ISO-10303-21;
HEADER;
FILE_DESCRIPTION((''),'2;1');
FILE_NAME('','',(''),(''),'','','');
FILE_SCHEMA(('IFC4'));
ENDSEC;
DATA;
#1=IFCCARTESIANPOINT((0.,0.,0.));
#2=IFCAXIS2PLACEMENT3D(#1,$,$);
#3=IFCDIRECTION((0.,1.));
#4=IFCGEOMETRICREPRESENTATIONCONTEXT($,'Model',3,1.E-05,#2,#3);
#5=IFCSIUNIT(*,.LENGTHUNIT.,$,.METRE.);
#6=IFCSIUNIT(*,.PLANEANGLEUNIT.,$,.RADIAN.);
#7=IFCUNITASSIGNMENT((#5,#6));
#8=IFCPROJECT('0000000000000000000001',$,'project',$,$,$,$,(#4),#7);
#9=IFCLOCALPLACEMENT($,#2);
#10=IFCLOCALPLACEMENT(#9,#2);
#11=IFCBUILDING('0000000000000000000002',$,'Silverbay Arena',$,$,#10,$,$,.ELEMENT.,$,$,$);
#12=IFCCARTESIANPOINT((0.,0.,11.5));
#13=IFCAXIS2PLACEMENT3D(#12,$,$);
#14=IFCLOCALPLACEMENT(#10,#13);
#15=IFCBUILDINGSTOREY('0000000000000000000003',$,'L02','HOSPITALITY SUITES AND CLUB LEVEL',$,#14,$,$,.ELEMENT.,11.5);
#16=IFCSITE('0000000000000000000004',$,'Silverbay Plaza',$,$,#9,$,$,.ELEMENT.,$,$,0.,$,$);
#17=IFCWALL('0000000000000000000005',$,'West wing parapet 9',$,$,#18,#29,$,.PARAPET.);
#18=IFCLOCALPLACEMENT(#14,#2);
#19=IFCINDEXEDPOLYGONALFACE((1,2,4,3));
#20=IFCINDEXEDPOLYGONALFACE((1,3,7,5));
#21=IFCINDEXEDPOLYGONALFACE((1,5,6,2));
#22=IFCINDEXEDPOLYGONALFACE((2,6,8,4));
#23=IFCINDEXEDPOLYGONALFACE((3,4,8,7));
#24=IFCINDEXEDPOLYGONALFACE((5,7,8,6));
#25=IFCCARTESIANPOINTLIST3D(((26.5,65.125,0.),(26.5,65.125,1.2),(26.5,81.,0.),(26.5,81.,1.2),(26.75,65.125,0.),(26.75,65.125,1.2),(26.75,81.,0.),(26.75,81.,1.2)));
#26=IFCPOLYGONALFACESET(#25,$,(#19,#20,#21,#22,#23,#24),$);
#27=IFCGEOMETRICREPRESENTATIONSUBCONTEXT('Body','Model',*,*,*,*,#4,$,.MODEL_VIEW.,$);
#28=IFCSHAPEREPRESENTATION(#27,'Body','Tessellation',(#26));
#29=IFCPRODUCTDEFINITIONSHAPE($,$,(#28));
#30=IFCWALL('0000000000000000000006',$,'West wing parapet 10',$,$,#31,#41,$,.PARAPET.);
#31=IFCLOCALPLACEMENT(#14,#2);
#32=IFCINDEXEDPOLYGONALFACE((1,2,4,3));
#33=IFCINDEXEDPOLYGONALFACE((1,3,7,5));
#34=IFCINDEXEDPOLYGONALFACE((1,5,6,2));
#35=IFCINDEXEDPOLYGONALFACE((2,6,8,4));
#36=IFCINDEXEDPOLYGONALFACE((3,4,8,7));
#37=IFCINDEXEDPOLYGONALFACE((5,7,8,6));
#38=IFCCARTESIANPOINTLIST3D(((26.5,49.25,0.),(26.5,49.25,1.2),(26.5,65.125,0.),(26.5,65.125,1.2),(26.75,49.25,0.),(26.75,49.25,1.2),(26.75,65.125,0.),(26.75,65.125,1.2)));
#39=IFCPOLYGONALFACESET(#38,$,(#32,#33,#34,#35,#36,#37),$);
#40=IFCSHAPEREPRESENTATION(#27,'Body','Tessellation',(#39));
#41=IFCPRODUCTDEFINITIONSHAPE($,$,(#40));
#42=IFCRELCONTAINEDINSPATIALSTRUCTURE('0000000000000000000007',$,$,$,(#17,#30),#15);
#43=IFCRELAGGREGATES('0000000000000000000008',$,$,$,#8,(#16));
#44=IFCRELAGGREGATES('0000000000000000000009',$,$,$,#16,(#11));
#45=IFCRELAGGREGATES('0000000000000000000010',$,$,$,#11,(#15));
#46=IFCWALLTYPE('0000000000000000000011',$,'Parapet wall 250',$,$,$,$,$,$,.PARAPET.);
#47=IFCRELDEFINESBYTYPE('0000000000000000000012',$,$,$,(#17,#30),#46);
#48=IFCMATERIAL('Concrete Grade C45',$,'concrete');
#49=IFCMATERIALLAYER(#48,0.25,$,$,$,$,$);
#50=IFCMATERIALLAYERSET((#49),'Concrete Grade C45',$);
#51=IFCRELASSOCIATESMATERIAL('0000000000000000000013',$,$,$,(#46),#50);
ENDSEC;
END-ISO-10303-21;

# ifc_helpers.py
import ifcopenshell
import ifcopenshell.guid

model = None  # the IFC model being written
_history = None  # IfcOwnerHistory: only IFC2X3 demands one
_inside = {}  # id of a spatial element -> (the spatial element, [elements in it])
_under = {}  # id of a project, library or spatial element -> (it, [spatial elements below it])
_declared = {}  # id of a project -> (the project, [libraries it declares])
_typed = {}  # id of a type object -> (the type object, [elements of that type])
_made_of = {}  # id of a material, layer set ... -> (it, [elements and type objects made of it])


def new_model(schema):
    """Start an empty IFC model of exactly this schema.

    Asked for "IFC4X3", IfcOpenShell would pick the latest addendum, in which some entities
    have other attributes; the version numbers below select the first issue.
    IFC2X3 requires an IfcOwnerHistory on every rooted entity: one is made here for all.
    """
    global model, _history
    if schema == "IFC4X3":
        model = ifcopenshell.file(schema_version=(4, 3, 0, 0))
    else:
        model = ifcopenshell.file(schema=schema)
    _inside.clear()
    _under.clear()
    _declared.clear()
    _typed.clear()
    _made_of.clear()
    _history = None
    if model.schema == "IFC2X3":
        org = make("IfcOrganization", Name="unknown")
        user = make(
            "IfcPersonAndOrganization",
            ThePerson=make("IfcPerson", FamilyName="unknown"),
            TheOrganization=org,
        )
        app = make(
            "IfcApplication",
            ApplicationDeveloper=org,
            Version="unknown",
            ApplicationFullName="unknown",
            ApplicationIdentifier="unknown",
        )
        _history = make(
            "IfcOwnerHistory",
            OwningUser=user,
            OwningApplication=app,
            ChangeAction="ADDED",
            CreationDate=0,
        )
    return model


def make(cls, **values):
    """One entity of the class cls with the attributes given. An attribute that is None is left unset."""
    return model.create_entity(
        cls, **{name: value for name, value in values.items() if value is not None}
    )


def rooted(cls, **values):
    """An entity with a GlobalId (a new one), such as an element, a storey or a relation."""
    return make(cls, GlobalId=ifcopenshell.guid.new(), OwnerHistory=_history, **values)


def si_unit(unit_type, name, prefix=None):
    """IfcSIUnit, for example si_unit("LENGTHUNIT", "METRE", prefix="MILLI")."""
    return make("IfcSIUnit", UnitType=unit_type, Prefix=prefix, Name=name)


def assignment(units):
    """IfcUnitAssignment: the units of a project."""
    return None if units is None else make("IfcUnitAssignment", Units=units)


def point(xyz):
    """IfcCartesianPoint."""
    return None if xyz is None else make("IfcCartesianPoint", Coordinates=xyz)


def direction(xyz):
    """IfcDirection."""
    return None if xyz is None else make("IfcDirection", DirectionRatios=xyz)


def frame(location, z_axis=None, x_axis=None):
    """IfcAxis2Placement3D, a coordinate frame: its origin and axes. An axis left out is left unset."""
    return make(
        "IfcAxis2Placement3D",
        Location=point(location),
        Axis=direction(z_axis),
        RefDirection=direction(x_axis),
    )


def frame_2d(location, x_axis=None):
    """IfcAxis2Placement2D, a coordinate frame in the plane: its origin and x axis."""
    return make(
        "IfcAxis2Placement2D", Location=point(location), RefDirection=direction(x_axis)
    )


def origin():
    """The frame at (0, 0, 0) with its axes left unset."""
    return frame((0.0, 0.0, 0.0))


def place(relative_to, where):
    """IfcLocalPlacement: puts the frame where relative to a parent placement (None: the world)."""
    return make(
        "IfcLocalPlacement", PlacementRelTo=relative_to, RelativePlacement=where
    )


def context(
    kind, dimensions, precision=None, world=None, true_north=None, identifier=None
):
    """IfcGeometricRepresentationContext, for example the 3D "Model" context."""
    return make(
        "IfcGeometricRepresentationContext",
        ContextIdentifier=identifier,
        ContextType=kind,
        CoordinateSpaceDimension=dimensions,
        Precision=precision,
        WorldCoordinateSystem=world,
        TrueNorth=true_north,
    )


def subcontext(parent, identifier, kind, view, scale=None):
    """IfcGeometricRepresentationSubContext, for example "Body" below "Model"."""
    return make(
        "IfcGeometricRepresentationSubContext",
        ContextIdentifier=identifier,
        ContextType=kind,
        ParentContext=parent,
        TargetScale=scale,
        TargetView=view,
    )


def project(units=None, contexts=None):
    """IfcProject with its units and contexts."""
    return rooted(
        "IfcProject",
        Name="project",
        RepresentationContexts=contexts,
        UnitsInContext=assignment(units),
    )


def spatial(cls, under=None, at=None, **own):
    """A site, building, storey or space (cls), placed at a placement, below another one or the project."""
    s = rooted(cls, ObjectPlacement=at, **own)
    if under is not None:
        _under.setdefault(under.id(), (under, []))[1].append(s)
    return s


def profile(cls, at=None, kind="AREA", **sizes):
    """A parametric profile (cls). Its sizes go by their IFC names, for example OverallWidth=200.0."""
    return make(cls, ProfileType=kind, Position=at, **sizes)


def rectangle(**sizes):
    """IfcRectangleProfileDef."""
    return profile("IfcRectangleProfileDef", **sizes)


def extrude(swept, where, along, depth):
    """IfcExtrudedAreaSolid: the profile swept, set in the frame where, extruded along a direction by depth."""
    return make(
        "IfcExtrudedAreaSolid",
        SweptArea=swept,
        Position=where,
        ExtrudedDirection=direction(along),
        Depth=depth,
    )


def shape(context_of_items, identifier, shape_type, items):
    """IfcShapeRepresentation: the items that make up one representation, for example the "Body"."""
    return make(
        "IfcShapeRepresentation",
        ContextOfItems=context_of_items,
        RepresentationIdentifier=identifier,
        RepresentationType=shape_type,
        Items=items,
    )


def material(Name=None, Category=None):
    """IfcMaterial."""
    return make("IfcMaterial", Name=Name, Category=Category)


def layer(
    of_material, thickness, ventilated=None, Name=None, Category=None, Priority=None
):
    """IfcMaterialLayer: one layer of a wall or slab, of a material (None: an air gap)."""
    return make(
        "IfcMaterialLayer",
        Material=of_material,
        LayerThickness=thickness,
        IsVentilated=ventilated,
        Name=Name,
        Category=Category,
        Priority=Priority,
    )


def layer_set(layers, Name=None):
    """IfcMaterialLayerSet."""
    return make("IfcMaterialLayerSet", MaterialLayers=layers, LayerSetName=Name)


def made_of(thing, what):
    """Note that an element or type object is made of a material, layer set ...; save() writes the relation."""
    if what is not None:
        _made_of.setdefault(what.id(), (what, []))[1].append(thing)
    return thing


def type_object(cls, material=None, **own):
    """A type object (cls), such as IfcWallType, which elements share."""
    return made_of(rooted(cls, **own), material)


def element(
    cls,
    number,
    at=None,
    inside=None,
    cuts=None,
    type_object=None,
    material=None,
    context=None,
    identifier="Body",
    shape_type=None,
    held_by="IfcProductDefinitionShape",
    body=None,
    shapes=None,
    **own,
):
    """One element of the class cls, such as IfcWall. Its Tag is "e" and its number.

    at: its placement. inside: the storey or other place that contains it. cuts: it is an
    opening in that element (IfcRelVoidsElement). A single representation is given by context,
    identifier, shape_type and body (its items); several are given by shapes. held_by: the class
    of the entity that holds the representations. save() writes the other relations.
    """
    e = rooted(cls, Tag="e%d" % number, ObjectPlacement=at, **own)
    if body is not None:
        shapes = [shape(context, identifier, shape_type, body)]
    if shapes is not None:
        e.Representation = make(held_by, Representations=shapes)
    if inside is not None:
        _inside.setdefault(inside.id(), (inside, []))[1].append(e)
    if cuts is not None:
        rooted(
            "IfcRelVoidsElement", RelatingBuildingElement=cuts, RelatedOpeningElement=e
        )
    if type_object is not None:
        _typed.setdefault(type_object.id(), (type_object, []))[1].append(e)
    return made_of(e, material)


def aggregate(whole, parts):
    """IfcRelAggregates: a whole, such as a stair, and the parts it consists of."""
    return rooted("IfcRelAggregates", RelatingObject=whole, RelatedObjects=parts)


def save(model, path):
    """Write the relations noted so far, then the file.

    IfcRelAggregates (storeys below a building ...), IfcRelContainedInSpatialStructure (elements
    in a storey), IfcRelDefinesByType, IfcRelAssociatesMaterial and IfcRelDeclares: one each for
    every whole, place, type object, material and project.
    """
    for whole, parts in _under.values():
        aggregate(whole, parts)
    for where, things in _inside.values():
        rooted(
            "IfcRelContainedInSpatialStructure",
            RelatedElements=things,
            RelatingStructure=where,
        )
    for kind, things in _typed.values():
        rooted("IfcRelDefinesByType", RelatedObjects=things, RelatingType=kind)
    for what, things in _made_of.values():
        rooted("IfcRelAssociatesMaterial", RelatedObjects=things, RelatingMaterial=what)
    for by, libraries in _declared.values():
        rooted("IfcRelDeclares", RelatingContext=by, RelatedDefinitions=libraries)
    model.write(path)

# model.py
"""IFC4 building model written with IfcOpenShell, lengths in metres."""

from ifc_helpers import new_model, si_unit, direction, frame, frame_2d, origin, place, context, subcontext, project, spatial, rectangle, extrude, material, layer, layer_set, type_object, element, save


model = new_model("IFC4")

# Units and contexts
model_context = context("Model", 3, precision=1e-05, world=origin(), true_north=direction((0.0, 1.0)))
body_context = subcontext(model_context, "Body", "Model", "MODEL_VIEW")
ifc_project = project(units=[si_unit("LENGTHUNIT", "METRE"), si_unit("PLANEANGLEUNIT", "RADIAN")], contexts=[model_context])

# Site, building, storey
site_placement = place(None, origin())
site = spatial("IfcSite", under=ifc_project, at=site_placement, Name="Silverbay Plaza", CompositionType="ELEMENT", RefElevation=0.0)
building_placement = place(site_placement, origin())
building = spatial("IfcBuilding", under=site, at=building_placement, Name="Silverbay Arena", CompositionType="ELEMENT")
storey_placement = place(building_placement, frame((0.0, 0.0, 11.5)))
storey = spatial("IfcBuildingStorey", under=building, at=storey_placement, Name="L02", Description="HOSPITALITY SUITES AND CLUB LEVEL", CompositionType="ELEMENT", Elevation=11.5)

# Walls
ifc_material_1 = material(Name="Concrete Grade C45", Category="concrete")
ifc_layer_1 = layer(ifc_material_1, 0.25)
ifc_layer_set_1 = layer_set([ifc_layer_1], Name="Concrete Grade C45")
wall_type = type_object("IfcWallType", Name="Parapet wall 250", PredefinedType="PARAPET", material=ifc_layer_set_1)
for number, where, z_axis, x_axis, name in (
    (1, (26.625, 81.0, 0.0), (0.0, 0.0, 1.0), (0.0, -1.0, 0.0), "West wing parapet 9"),
    (2, (26.625, 65.125, 0.0), (0.0, 0.0, 1.0), (0.0, -1.0, 0.0), "West wing parapet 10"),
):
    element("IfcWall", number, at=place(storey_placement, frame(where, z_axis=z_axis, x_axis=x_axis)), inside=storey, type_object=wall_type, Name=name, PredefinedType="PARAPET", context=body_context, shape_type="SweptSolid", body=[
        extrude(rectangle(XDim=15.875, YDim=0.25, at=frame_2d((7.9375, 0.0))), origin(), (0.0, 0.0, 1.0), 1.2),
    ])

save(model, "model.ifc")
